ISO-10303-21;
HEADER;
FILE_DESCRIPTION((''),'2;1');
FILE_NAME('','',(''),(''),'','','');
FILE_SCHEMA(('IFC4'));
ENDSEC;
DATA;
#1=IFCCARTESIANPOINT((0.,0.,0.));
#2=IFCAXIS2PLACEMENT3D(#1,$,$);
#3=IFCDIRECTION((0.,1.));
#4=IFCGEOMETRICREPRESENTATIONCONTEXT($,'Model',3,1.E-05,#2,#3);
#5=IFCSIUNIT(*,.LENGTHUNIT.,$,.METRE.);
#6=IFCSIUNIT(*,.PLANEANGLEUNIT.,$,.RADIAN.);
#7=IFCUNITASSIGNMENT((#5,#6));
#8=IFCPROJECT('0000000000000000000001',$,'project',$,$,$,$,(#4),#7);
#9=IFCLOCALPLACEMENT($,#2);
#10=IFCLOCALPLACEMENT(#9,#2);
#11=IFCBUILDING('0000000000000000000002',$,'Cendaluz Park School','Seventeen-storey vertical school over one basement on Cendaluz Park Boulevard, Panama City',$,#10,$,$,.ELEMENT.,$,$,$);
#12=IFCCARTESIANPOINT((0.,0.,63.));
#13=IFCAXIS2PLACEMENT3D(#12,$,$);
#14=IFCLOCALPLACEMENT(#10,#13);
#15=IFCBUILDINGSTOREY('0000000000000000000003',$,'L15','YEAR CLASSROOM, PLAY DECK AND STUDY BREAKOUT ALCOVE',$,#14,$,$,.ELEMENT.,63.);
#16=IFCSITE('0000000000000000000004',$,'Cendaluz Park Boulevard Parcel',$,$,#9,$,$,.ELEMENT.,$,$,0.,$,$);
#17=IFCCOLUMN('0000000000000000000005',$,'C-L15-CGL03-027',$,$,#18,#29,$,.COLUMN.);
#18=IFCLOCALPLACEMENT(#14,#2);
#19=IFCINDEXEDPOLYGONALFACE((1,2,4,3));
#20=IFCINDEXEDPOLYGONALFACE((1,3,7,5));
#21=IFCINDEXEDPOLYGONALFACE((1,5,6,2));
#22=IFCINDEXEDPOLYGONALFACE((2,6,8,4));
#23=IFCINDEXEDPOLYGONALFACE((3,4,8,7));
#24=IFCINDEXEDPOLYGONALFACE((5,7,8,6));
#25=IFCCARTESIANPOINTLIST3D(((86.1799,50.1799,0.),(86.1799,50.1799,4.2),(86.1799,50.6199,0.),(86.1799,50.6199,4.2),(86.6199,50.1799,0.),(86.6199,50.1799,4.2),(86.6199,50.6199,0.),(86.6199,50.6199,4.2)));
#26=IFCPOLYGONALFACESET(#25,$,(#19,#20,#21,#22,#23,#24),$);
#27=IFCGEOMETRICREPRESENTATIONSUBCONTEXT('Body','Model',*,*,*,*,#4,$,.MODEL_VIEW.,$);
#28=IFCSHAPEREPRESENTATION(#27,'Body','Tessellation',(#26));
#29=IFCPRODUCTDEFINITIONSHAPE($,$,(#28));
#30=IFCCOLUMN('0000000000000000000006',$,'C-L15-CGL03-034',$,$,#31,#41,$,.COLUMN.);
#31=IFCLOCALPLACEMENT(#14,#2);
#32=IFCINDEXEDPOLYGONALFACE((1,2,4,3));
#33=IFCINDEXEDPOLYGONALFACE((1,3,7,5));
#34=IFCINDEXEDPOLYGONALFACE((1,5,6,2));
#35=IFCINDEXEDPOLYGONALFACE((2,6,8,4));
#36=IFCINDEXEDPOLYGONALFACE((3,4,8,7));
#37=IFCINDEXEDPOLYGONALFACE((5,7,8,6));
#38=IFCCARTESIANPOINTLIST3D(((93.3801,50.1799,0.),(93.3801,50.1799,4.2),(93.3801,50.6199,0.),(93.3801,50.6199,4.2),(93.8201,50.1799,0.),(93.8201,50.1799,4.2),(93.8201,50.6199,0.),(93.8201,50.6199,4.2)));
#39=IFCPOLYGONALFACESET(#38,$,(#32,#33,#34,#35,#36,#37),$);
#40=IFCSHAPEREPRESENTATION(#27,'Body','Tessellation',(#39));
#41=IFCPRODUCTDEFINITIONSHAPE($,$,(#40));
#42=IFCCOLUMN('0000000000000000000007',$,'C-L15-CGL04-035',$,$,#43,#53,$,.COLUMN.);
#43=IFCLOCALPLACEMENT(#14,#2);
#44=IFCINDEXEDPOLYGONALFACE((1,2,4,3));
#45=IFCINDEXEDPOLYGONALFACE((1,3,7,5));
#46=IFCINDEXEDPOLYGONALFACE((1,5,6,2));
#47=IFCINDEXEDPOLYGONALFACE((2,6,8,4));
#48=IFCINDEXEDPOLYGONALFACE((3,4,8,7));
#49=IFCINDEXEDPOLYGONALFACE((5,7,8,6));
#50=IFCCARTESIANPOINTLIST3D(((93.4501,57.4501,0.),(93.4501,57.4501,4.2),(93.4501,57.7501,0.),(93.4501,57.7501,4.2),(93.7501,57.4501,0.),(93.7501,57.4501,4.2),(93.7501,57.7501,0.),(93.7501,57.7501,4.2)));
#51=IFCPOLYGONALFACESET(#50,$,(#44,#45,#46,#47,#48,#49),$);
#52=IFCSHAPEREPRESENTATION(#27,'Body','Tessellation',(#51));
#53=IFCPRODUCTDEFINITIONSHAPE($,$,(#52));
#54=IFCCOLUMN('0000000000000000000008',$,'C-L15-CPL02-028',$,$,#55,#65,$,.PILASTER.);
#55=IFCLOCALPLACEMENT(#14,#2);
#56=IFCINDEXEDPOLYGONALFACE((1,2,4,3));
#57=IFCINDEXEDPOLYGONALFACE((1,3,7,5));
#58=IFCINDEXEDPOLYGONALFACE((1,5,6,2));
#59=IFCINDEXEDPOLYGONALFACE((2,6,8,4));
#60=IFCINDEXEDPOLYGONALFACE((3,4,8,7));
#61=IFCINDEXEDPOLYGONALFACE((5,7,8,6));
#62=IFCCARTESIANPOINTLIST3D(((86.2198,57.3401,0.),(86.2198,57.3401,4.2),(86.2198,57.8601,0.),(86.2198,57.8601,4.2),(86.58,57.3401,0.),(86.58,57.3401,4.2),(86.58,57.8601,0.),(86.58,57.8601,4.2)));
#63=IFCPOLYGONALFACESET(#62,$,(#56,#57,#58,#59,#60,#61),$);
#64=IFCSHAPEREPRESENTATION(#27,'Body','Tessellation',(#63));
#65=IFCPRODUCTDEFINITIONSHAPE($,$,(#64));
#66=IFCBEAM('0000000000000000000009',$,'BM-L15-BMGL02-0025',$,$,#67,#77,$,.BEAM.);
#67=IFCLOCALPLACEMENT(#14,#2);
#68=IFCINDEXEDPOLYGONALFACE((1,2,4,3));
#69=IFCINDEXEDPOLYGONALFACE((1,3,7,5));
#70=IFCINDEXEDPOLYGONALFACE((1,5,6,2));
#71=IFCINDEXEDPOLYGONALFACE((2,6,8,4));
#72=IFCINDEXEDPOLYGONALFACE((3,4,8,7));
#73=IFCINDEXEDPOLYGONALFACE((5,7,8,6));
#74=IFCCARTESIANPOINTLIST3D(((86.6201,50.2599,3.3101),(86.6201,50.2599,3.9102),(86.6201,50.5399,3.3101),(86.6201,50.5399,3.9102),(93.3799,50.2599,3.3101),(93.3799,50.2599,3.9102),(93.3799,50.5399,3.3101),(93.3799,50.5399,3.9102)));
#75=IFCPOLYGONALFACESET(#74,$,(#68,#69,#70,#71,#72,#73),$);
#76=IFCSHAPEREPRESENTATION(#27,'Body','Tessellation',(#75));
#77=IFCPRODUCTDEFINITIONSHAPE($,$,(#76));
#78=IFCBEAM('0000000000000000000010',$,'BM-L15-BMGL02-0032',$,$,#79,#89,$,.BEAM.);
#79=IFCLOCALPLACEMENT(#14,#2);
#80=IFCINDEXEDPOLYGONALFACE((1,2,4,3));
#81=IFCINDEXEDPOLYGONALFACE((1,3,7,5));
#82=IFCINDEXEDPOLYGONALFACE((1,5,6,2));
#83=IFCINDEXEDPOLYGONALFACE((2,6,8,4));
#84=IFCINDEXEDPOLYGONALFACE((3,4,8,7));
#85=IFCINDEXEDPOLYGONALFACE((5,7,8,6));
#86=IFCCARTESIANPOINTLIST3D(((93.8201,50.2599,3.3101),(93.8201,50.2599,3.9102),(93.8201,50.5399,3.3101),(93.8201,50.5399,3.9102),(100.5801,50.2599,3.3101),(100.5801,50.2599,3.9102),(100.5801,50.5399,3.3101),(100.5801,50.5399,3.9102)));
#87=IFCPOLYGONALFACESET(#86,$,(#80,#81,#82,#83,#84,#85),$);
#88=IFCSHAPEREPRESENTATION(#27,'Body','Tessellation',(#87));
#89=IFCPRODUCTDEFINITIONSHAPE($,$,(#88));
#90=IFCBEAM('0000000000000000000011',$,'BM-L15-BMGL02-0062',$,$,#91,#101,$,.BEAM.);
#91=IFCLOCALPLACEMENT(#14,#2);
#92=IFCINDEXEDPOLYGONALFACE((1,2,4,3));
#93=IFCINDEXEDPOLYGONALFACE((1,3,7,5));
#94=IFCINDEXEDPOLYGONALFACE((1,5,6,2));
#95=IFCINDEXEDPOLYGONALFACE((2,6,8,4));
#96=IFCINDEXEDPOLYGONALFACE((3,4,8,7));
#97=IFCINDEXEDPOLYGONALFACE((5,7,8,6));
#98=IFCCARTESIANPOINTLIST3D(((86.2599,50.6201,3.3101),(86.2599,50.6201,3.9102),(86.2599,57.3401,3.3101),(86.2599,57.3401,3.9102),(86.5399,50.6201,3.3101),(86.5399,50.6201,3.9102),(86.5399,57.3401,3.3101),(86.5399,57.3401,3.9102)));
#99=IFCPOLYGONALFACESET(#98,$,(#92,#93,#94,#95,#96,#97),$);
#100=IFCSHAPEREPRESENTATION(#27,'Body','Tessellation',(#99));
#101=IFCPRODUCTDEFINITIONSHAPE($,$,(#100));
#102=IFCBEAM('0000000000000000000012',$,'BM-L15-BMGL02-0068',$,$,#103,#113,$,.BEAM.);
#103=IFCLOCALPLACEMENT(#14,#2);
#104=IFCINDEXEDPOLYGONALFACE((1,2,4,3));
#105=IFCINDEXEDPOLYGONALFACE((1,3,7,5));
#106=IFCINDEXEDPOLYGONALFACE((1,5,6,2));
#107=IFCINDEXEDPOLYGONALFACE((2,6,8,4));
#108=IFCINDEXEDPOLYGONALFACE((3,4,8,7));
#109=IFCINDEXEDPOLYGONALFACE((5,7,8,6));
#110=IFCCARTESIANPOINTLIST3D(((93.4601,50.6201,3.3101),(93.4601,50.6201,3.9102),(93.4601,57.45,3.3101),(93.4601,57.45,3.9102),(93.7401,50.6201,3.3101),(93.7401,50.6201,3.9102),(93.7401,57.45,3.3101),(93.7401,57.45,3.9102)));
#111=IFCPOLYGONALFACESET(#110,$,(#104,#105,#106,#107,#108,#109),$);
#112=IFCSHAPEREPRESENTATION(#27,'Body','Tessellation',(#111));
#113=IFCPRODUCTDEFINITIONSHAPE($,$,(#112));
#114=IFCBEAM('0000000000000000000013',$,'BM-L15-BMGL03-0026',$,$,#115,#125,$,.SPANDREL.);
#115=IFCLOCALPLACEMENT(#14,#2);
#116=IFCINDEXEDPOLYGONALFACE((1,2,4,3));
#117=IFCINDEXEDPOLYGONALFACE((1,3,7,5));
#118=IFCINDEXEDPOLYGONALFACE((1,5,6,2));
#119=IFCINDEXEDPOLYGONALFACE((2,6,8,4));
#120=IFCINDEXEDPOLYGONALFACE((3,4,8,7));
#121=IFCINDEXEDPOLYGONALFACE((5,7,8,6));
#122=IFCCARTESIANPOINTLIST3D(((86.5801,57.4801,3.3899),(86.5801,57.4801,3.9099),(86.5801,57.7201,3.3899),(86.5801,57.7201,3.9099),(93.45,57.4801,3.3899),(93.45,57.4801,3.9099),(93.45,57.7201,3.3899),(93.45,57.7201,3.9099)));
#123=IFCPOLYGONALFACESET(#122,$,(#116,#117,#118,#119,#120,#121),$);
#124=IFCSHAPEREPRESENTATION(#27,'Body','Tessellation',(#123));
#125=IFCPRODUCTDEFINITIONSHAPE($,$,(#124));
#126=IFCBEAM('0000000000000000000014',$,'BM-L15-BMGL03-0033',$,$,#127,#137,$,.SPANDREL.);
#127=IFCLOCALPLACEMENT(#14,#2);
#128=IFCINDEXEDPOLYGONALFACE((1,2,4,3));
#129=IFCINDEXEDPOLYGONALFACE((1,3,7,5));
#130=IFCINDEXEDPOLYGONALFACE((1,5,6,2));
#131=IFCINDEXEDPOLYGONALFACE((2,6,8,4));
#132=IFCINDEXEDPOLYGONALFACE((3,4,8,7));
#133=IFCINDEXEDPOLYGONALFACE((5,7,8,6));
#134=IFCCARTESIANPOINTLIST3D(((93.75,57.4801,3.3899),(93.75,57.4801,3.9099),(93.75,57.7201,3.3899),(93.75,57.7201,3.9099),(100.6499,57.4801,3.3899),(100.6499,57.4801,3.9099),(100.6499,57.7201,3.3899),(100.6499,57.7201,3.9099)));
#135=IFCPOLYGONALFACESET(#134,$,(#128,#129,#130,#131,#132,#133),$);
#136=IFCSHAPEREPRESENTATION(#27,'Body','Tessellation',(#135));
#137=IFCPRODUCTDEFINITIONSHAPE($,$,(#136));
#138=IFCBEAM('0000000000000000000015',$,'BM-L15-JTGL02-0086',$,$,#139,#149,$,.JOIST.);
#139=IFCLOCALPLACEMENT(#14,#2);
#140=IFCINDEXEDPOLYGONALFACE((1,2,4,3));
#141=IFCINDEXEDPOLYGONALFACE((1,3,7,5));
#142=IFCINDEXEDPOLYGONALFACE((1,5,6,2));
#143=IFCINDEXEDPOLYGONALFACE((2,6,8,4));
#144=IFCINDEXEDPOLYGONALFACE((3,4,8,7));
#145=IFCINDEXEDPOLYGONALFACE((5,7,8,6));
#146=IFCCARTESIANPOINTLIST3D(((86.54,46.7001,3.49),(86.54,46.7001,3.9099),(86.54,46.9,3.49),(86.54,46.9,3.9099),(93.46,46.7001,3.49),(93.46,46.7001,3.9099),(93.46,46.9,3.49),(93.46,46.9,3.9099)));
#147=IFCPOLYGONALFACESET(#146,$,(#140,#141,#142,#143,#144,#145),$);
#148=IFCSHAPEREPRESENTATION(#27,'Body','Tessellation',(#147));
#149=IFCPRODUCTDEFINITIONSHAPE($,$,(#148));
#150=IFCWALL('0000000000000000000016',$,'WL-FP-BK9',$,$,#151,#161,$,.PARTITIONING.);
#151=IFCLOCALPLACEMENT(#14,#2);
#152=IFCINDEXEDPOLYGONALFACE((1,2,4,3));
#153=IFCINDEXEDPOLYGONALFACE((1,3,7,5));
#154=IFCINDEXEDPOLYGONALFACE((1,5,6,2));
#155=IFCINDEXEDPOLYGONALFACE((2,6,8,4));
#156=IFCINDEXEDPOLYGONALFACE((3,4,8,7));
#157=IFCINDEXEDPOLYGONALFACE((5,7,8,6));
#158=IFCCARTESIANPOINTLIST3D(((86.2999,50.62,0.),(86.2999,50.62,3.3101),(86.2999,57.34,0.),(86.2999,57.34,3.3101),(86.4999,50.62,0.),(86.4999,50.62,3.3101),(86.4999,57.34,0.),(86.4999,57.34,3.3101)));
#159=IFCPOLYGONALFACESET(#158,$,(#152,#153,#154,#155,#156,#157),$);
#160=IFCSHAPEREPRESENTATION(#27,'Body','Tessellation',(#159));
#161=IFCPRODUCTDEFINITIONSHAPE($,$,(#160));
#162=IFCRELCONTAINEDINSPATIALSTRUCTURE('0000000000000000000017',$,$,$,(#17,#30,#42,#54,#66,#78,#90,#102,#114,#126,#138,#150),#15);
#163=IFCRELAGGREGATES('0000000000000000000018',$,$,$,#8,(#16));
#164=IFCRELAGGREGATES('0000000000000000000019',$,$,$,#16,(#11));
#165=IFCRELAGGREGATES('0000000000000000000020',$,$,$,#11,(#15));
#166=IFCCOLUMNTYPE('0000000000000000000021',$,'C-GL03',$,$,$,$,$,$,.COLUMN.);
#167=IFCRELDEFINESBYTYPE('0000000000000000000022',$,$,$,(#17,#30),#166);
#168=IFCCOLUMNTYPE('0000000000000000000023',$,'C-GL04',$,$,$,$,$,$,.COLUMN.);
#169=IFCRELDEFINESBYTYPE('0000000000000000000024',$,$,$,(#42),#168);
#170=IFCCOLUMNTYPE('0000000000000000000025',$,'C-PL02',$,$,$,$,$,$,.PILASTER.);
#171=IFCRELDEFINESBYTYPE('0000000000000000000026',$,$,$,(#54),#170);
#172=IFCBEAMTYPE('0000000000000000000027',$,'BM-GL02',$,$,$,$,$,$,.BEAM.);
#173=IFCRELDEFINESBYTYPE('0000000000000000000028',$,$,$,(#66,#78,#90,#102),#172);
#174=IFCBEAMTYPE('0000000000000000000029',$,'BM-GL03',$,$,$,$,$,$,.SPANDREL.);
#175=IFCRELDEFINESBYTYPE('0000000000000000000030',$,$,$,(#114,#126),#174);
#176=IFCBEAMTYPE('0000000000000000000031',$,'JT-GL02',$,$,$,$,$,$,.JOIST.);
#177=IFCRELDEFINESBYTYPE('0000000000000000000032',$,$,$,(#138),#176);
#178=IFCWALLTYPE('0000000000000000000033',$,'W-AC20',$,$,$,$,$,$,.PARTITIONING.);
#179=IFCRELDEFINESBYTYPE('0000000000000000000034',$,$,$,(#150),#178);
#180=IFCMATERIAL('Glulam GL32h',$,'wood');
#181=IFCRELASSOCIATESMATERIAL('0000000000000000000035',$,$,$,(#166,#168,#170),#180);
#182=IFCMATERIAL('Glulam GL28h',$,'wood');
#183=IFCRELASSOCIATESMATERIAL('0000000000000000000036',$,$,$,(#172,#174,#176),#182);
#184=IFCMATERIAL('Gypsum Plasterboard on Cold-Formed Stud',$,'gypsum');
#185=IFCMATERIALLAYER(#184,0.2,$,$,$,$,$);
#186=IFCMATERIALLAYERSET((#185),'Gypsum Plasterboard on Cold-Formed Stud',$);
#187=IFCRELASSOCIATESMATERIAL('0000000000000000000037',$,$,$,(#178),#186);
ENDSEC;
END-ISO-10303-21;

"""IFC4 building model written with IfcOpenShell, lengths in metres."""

from ifc_helpers import new_model, si_unit, direction, frame, frame_2d, origin, origin_2d, place, context, subcontext, project, spatial, rectangle, extrude, material, layer, layer_set, material_profile, profile_set, type_object, element, save


model = new_model("IFC4")

# Units and contexts
model_context = context("Model", 3, precision=1e-05, world=origin(), true_north=direction((0.0, 1.0)))
body_context = subcontext(model_context, "Body", "Model", "MODEL_VIEW")
ifc_project = project(units=[si_unit("LENGTHUNIT", "METRE"), si_unit("PLANEANGLEUNIT", "RADIAN")], contexts=[model_context])

# Site, building, storey
site_placement = place(None, origin())
site = spatial("IfcSite", under=ifc_project, at=site_placement, Name="Cendaluz Park Boulevard Parcel", CompositionType="ELEMENT", RefElevation=0.0)
building_placement = place(site_placement, origin())
building = spatial("IfcBuilding", under=site, at=building_placement, Name="Cendaluz Park School", Description="Seventeen-storey vertical school over one basement on Cendaluz Park Boulevard, Panama City", CompositionType="ELEMENT")
storey_placement = place(building_placement, frame((0.0, 0.0, 63.0)))
storey = spatial("IfcBuildingStorey", under=building, at=storey_placement, Name="L15", Description="YEAR CLASSROOM, PLAY DECK AND STUDY BREAKOUT ALCOVE", CompositionType="ELEMENT", Elevation=63.0)

# Columns
ifc_material_1 = material(Name="Glulam GL32h", Category="wood")
ifc_material_profile_1 = material_profile(ifc_material_1, rectangle(XDim=0.4399, YDim=0.4399, at=origin_2d()), Name="GL32h 440x440", Category="wood")
ifc_profile_set_1 = profile_set([ifc_material_profile_1], Name="Glulam GL32h")
column_type_1 = type_object("IfcColumnType", Name="C-GL03", PredefinedType="COLUMN", material=ifc_profile_set_1)
for number, where, z_axis, x_axis, name in (
    (1, (86.3999, 50.3999, 0.0), (0.0, 0.0, 1.0), (1.0, 0.0, 0.0), "C-L15-CGL03-027"),
    (2, (93.6001, 50.3999, 0.0), (0.0, 0.0, 1.0), (1.0, 0.0, 0.0), "C-L15-CGL03-034"),
):
    element("IfcColumn", number, at=place(storey_placement, frame(where, z_axis=z_axis, x_axis=x_axis)), inside=storey, type_object=column_type_1, Name=name, PredefinedType="COLUMN", context=body_context, shape_type="SweptSolid", body=[
        extrude(rectangle(XDim=0.4399, YDim=0.4399, at=origin_2d()), origin(), (0.0, 0.0, 1.0), 4.2),
    ])
ifc_material_profile_2 = material_profile(ifc_material_1, rectangle(XDim=0.3, YDim=0.3, at=origin_2d()), Name="GL32h 300x300", Category="wood")
ifc_profile_set_2 = profile_set([ifc_material_profile_2], Name="Glulam GL32h")
column_type_2 = type_object("IfcColumnType", Name="C-GL04", PredefinedType="COLUMN", material=ifc_profile_set_2)
column_1_placement = place(storey_placement, frame((93.6001, 57.6001, 0.0), z_axis=(0.0, 0.0, 1.0), x_axis=(1.0, 0.0, 0.0)))
element("IfcColumn", 3, at=column_1_placement, inside=storey, type_object=column_type_2, Name="C-L15-CGL04-035", PredefinedType="COLUMN", context=body_context, shape_type="SweptSolid", body=[
    extrude(rectangle(XDim=0.3, YDim=0.3, at=origin_2d()), origin(), (0.0, 0.0, 1.0), 4.2),
])
ifc_material_profile_3 = material_profile(ifc_material_1, rectangle(XDim=0.3601, YDim=0.52, at=origin_2d()), Name="GL32h 360x520", Category="wood")
ifc_profile_set_3 = profile_set([ifc_material_profile_3], Name="Glulam GL32h")
column_type_3 = type_object("IfcColumnType", Name="C-PL02", PredefinedType="PILASTER", material=ifc_profile_set_3)
column_2_placement = place(storey_placement, frame((86.3999, 57.6001, 0.0), z_axis=(0.0, 0.0, 1.0), x_axis=(1.0, 0.0, 0.0)))
element("IfcColumn", 4, at=column_2_placement, inside=storey, type_object=column_type_3, Name="C-L15-CPL02-028", PredefinedType="PILASTER", context=body_context, shape_type="SweptSolid", body=[
    extrude(rectangle(XDim=0.3601, YDim=0.52, at=origin_2d()), origin(), (0.0, 0.0, 1.0), 4.2),
])

# Beams
ifc_material_2 = material(Name="Glulam GL28h", Category="wood")
ifc_material_profile_4 = material_profile(ifc_material_2, rectangle(XDim=0.28, YDim=0.6001, at=origin_2d()), Name="GL28h 280x600", Category="wood")
ifc_profile_set_4 = profile_set([ifc_material_profile_4], Name="Glulam GL28h")
beam_type_1 = type_object("IfcBeamType", Name="BM-GL02", PredefinedType="BEAM", material=ifc_profile_set_4)
beam_1_placement = place(storey_placement, frame((86.6201, 50.3999, 3.6101), z_axis=(1.0, 0.0, 0.0), x_axis=(0.0, 1.0, 0.0)))
element("IfcBeam", 5, at=beam_1_placement, inside=storey, type_object=beam_type_1, Name="BM-L15-BMGL02-0025", PredefinedType="BEAM", context=body_context, shape_type="SweptSolid", body=[
    extrude(rectangle(XDim=0.28, YDim=0.6001, at=origin_2d()), origin(), (0.0, 0.0, 1.0), 6.7598),
])
beam_2_placement = place(storey_placement, frame((93.8201, 50.3999, 3.6101), z_axis=(1.0, 0.0, 0.0), x_axis=(0.0, 1.0, 0.0)))
element("IfcBeam", 6, at=beam_2_placement, inside=storey, type_object=beam_type_1, Name="BM-L15-BMGL02-0032", PredefinedType="BEAM", context=body_context, shape_type="SweptSolid", body=[
    extrude(rectangle(XDim=0.28, YDim=0.6001, at=origin_2d()), origin(), (0.0, 0.0, 1.0), 6.76),
])
beam_3_placement = place(storey_placement, frame((86.3999, 50.6201, 3.6101), z_axis=(0.0, 1.0, 0.0), x_axis=(-1.0, 0.0, 0.0)))
element("IfcBeam", 7, at=beam_3_placement, inside=storey, type_object=beam_type_1, Name="BM-L15-BMGL02-0062", PredefinedType="BEAM", context=body_context, shape_type="SweptSolid", body=[
    extrude(rectangle(XDim=0.28, YDim=0.6001, at=origin_2d()), origin(), (0.0, 0.0, 1.0), 6.72),
])
beam_4_placement = place(storey_placement, frame((93.6001, 50.6201, 3.6101), z_axis=(0.0, 1.0, 0.0), x_axis=(-1.0, 0.0, 0.0)))
element("IfcBeam", 8, at=beam_4_placement, inside=storey, type_object=beam_type_1, Name="BM-L15-BMGL02-0068", PredefinedType="BEAM", context=body_context, shape_type="SweptSolid", body=[
    extrude(rectangle(XDim=0.28, YDim=0.6001, at=origin_2d()), origin(), (0.0, 0.0, 1.0), 6.8298),
])
ifc_material_profile_5 = material_profile(ifc_material_2, rectangle(XDim=0.24, YDim=0.52, at=origin_2d()), Name="GL28h 240x520", Category="wood")
ifc_profile_set_5 = profile_set([ifc_material_profile_5], Name="Glulam GL28h")
beam_type_2 = type_object("IfcBeamType", Name="BM-GL03", PredefinedType="SPANDREL", material=ifc_profile_set_5)
beam_5_placement = place(storey_placement, frame((86.5801, 57.6001, 3.6499), z_axis=(1.0, 0.0, 0.0), x_axis=(0.0, 1.0, 0.0)))
element("IfcBeam", 9, at=beam_5_placement, inside=storey, type_object=beam_type_2, Name="BM-L15-BMGL03-0026", PredefinedType="SPANDREL", context=body_context, shape_type="SweptSolid", body=[
    extrude(rectangle(XDim=0.24, YDim=0.52, at=origin_2d()), origin(), (0.0, 0.0, 1.0), 6.8699),
])
beam_6_placement = place(storey_placement, frame((93.75, 57.6001, 3.6499), z_axis=(1.0, 0.0, 0.0), x_axis=(0.0, 1.0, 0.0)))
element("IfcBeam", 10, at=beam_6_placement, inside=storey, type_object=beam_type_2, Name="BM-L15-BMGL03-0033", PredefinedType="SPANDREL", context=body_context, shape_type="SweptSolid", body=[
    extrude(rectangle(XDim=0.24, YDim=0.52, at=origin_2d()), origin(), (0.0, 0.0, 1.0), 6.8999),
])
ifc_material_profile_6 = material_profile(ifc_material_2, rectangle(XDim=0.2, YDim=0.4199, at=origin_2d()), Name="GL28h 200x420", Category="wood")
ifc_profile_set_6 = profile_set([ifc_material_profile_6], Name="Glulam GL28h")
beam_type_3 = type_object("IfcBeamType", Name="JT-GL02", PredefinedType="JOIST", material=ifc_profile_set_6)
beam_7_placement = place(storey_placement, frame((86.54, 46.8, 3.7), z_axis=(1.0, 0.0, 0.0), x_axis=(0.0, 1.0, 0.0)))
element("IfcBeam", 11, at=beam_7_placement, inside=storey, type_object=beam_type_3, Name="BM-L15-JTGL02-0086", PredefinedType="JOIST", context=body_context, shape_type="SweptSolid", body=[
    extrude(rectangle(XDim=0.2, YDim=0.4199, at=origin_2d()), origin(), (0.0, 0.0, 1.0), 6.9199),
])

# Wall
ifc_material_3 = material(Name="Gypsum Plasterboard on Cold-Formed Stud", Category="gypsum")
ifc_layer_1 = layer(ifc_material_3, 0.2)
ifc_layer_set_1 = layer_set([ifc_layer_1], Name="Gypsum Plasterboard on Cold-Formed Stud")
wall_type_1 = type_object("IfcWallType", Name="W-AC20", PredefinedType="PARTITIONING", material=ifc_layer_set_1)
wall_1_placement = place(storey_placement, frame((86.3999, 50.6201, 0.0), z_axis=(0.0, 0.0, 1.0), x_axis=(0.0, 1.0, 0.0)))
element("IfcWall", 12, at=wall_1_placement, inside=storey, type_object=wall_type_1, Name="WL-FP-BK9", PredefinedType="PARTITIONING", context=body_context, shape_type="SweptSolid", body=[
    extrude(rectangle(XDim=6.72, YDim=0.2, at=frame_2d((3.3599, 0.0))), origin(), (0.0, 0.0, 1.0), 3.3101),
])

save(model, "model.ifc")
